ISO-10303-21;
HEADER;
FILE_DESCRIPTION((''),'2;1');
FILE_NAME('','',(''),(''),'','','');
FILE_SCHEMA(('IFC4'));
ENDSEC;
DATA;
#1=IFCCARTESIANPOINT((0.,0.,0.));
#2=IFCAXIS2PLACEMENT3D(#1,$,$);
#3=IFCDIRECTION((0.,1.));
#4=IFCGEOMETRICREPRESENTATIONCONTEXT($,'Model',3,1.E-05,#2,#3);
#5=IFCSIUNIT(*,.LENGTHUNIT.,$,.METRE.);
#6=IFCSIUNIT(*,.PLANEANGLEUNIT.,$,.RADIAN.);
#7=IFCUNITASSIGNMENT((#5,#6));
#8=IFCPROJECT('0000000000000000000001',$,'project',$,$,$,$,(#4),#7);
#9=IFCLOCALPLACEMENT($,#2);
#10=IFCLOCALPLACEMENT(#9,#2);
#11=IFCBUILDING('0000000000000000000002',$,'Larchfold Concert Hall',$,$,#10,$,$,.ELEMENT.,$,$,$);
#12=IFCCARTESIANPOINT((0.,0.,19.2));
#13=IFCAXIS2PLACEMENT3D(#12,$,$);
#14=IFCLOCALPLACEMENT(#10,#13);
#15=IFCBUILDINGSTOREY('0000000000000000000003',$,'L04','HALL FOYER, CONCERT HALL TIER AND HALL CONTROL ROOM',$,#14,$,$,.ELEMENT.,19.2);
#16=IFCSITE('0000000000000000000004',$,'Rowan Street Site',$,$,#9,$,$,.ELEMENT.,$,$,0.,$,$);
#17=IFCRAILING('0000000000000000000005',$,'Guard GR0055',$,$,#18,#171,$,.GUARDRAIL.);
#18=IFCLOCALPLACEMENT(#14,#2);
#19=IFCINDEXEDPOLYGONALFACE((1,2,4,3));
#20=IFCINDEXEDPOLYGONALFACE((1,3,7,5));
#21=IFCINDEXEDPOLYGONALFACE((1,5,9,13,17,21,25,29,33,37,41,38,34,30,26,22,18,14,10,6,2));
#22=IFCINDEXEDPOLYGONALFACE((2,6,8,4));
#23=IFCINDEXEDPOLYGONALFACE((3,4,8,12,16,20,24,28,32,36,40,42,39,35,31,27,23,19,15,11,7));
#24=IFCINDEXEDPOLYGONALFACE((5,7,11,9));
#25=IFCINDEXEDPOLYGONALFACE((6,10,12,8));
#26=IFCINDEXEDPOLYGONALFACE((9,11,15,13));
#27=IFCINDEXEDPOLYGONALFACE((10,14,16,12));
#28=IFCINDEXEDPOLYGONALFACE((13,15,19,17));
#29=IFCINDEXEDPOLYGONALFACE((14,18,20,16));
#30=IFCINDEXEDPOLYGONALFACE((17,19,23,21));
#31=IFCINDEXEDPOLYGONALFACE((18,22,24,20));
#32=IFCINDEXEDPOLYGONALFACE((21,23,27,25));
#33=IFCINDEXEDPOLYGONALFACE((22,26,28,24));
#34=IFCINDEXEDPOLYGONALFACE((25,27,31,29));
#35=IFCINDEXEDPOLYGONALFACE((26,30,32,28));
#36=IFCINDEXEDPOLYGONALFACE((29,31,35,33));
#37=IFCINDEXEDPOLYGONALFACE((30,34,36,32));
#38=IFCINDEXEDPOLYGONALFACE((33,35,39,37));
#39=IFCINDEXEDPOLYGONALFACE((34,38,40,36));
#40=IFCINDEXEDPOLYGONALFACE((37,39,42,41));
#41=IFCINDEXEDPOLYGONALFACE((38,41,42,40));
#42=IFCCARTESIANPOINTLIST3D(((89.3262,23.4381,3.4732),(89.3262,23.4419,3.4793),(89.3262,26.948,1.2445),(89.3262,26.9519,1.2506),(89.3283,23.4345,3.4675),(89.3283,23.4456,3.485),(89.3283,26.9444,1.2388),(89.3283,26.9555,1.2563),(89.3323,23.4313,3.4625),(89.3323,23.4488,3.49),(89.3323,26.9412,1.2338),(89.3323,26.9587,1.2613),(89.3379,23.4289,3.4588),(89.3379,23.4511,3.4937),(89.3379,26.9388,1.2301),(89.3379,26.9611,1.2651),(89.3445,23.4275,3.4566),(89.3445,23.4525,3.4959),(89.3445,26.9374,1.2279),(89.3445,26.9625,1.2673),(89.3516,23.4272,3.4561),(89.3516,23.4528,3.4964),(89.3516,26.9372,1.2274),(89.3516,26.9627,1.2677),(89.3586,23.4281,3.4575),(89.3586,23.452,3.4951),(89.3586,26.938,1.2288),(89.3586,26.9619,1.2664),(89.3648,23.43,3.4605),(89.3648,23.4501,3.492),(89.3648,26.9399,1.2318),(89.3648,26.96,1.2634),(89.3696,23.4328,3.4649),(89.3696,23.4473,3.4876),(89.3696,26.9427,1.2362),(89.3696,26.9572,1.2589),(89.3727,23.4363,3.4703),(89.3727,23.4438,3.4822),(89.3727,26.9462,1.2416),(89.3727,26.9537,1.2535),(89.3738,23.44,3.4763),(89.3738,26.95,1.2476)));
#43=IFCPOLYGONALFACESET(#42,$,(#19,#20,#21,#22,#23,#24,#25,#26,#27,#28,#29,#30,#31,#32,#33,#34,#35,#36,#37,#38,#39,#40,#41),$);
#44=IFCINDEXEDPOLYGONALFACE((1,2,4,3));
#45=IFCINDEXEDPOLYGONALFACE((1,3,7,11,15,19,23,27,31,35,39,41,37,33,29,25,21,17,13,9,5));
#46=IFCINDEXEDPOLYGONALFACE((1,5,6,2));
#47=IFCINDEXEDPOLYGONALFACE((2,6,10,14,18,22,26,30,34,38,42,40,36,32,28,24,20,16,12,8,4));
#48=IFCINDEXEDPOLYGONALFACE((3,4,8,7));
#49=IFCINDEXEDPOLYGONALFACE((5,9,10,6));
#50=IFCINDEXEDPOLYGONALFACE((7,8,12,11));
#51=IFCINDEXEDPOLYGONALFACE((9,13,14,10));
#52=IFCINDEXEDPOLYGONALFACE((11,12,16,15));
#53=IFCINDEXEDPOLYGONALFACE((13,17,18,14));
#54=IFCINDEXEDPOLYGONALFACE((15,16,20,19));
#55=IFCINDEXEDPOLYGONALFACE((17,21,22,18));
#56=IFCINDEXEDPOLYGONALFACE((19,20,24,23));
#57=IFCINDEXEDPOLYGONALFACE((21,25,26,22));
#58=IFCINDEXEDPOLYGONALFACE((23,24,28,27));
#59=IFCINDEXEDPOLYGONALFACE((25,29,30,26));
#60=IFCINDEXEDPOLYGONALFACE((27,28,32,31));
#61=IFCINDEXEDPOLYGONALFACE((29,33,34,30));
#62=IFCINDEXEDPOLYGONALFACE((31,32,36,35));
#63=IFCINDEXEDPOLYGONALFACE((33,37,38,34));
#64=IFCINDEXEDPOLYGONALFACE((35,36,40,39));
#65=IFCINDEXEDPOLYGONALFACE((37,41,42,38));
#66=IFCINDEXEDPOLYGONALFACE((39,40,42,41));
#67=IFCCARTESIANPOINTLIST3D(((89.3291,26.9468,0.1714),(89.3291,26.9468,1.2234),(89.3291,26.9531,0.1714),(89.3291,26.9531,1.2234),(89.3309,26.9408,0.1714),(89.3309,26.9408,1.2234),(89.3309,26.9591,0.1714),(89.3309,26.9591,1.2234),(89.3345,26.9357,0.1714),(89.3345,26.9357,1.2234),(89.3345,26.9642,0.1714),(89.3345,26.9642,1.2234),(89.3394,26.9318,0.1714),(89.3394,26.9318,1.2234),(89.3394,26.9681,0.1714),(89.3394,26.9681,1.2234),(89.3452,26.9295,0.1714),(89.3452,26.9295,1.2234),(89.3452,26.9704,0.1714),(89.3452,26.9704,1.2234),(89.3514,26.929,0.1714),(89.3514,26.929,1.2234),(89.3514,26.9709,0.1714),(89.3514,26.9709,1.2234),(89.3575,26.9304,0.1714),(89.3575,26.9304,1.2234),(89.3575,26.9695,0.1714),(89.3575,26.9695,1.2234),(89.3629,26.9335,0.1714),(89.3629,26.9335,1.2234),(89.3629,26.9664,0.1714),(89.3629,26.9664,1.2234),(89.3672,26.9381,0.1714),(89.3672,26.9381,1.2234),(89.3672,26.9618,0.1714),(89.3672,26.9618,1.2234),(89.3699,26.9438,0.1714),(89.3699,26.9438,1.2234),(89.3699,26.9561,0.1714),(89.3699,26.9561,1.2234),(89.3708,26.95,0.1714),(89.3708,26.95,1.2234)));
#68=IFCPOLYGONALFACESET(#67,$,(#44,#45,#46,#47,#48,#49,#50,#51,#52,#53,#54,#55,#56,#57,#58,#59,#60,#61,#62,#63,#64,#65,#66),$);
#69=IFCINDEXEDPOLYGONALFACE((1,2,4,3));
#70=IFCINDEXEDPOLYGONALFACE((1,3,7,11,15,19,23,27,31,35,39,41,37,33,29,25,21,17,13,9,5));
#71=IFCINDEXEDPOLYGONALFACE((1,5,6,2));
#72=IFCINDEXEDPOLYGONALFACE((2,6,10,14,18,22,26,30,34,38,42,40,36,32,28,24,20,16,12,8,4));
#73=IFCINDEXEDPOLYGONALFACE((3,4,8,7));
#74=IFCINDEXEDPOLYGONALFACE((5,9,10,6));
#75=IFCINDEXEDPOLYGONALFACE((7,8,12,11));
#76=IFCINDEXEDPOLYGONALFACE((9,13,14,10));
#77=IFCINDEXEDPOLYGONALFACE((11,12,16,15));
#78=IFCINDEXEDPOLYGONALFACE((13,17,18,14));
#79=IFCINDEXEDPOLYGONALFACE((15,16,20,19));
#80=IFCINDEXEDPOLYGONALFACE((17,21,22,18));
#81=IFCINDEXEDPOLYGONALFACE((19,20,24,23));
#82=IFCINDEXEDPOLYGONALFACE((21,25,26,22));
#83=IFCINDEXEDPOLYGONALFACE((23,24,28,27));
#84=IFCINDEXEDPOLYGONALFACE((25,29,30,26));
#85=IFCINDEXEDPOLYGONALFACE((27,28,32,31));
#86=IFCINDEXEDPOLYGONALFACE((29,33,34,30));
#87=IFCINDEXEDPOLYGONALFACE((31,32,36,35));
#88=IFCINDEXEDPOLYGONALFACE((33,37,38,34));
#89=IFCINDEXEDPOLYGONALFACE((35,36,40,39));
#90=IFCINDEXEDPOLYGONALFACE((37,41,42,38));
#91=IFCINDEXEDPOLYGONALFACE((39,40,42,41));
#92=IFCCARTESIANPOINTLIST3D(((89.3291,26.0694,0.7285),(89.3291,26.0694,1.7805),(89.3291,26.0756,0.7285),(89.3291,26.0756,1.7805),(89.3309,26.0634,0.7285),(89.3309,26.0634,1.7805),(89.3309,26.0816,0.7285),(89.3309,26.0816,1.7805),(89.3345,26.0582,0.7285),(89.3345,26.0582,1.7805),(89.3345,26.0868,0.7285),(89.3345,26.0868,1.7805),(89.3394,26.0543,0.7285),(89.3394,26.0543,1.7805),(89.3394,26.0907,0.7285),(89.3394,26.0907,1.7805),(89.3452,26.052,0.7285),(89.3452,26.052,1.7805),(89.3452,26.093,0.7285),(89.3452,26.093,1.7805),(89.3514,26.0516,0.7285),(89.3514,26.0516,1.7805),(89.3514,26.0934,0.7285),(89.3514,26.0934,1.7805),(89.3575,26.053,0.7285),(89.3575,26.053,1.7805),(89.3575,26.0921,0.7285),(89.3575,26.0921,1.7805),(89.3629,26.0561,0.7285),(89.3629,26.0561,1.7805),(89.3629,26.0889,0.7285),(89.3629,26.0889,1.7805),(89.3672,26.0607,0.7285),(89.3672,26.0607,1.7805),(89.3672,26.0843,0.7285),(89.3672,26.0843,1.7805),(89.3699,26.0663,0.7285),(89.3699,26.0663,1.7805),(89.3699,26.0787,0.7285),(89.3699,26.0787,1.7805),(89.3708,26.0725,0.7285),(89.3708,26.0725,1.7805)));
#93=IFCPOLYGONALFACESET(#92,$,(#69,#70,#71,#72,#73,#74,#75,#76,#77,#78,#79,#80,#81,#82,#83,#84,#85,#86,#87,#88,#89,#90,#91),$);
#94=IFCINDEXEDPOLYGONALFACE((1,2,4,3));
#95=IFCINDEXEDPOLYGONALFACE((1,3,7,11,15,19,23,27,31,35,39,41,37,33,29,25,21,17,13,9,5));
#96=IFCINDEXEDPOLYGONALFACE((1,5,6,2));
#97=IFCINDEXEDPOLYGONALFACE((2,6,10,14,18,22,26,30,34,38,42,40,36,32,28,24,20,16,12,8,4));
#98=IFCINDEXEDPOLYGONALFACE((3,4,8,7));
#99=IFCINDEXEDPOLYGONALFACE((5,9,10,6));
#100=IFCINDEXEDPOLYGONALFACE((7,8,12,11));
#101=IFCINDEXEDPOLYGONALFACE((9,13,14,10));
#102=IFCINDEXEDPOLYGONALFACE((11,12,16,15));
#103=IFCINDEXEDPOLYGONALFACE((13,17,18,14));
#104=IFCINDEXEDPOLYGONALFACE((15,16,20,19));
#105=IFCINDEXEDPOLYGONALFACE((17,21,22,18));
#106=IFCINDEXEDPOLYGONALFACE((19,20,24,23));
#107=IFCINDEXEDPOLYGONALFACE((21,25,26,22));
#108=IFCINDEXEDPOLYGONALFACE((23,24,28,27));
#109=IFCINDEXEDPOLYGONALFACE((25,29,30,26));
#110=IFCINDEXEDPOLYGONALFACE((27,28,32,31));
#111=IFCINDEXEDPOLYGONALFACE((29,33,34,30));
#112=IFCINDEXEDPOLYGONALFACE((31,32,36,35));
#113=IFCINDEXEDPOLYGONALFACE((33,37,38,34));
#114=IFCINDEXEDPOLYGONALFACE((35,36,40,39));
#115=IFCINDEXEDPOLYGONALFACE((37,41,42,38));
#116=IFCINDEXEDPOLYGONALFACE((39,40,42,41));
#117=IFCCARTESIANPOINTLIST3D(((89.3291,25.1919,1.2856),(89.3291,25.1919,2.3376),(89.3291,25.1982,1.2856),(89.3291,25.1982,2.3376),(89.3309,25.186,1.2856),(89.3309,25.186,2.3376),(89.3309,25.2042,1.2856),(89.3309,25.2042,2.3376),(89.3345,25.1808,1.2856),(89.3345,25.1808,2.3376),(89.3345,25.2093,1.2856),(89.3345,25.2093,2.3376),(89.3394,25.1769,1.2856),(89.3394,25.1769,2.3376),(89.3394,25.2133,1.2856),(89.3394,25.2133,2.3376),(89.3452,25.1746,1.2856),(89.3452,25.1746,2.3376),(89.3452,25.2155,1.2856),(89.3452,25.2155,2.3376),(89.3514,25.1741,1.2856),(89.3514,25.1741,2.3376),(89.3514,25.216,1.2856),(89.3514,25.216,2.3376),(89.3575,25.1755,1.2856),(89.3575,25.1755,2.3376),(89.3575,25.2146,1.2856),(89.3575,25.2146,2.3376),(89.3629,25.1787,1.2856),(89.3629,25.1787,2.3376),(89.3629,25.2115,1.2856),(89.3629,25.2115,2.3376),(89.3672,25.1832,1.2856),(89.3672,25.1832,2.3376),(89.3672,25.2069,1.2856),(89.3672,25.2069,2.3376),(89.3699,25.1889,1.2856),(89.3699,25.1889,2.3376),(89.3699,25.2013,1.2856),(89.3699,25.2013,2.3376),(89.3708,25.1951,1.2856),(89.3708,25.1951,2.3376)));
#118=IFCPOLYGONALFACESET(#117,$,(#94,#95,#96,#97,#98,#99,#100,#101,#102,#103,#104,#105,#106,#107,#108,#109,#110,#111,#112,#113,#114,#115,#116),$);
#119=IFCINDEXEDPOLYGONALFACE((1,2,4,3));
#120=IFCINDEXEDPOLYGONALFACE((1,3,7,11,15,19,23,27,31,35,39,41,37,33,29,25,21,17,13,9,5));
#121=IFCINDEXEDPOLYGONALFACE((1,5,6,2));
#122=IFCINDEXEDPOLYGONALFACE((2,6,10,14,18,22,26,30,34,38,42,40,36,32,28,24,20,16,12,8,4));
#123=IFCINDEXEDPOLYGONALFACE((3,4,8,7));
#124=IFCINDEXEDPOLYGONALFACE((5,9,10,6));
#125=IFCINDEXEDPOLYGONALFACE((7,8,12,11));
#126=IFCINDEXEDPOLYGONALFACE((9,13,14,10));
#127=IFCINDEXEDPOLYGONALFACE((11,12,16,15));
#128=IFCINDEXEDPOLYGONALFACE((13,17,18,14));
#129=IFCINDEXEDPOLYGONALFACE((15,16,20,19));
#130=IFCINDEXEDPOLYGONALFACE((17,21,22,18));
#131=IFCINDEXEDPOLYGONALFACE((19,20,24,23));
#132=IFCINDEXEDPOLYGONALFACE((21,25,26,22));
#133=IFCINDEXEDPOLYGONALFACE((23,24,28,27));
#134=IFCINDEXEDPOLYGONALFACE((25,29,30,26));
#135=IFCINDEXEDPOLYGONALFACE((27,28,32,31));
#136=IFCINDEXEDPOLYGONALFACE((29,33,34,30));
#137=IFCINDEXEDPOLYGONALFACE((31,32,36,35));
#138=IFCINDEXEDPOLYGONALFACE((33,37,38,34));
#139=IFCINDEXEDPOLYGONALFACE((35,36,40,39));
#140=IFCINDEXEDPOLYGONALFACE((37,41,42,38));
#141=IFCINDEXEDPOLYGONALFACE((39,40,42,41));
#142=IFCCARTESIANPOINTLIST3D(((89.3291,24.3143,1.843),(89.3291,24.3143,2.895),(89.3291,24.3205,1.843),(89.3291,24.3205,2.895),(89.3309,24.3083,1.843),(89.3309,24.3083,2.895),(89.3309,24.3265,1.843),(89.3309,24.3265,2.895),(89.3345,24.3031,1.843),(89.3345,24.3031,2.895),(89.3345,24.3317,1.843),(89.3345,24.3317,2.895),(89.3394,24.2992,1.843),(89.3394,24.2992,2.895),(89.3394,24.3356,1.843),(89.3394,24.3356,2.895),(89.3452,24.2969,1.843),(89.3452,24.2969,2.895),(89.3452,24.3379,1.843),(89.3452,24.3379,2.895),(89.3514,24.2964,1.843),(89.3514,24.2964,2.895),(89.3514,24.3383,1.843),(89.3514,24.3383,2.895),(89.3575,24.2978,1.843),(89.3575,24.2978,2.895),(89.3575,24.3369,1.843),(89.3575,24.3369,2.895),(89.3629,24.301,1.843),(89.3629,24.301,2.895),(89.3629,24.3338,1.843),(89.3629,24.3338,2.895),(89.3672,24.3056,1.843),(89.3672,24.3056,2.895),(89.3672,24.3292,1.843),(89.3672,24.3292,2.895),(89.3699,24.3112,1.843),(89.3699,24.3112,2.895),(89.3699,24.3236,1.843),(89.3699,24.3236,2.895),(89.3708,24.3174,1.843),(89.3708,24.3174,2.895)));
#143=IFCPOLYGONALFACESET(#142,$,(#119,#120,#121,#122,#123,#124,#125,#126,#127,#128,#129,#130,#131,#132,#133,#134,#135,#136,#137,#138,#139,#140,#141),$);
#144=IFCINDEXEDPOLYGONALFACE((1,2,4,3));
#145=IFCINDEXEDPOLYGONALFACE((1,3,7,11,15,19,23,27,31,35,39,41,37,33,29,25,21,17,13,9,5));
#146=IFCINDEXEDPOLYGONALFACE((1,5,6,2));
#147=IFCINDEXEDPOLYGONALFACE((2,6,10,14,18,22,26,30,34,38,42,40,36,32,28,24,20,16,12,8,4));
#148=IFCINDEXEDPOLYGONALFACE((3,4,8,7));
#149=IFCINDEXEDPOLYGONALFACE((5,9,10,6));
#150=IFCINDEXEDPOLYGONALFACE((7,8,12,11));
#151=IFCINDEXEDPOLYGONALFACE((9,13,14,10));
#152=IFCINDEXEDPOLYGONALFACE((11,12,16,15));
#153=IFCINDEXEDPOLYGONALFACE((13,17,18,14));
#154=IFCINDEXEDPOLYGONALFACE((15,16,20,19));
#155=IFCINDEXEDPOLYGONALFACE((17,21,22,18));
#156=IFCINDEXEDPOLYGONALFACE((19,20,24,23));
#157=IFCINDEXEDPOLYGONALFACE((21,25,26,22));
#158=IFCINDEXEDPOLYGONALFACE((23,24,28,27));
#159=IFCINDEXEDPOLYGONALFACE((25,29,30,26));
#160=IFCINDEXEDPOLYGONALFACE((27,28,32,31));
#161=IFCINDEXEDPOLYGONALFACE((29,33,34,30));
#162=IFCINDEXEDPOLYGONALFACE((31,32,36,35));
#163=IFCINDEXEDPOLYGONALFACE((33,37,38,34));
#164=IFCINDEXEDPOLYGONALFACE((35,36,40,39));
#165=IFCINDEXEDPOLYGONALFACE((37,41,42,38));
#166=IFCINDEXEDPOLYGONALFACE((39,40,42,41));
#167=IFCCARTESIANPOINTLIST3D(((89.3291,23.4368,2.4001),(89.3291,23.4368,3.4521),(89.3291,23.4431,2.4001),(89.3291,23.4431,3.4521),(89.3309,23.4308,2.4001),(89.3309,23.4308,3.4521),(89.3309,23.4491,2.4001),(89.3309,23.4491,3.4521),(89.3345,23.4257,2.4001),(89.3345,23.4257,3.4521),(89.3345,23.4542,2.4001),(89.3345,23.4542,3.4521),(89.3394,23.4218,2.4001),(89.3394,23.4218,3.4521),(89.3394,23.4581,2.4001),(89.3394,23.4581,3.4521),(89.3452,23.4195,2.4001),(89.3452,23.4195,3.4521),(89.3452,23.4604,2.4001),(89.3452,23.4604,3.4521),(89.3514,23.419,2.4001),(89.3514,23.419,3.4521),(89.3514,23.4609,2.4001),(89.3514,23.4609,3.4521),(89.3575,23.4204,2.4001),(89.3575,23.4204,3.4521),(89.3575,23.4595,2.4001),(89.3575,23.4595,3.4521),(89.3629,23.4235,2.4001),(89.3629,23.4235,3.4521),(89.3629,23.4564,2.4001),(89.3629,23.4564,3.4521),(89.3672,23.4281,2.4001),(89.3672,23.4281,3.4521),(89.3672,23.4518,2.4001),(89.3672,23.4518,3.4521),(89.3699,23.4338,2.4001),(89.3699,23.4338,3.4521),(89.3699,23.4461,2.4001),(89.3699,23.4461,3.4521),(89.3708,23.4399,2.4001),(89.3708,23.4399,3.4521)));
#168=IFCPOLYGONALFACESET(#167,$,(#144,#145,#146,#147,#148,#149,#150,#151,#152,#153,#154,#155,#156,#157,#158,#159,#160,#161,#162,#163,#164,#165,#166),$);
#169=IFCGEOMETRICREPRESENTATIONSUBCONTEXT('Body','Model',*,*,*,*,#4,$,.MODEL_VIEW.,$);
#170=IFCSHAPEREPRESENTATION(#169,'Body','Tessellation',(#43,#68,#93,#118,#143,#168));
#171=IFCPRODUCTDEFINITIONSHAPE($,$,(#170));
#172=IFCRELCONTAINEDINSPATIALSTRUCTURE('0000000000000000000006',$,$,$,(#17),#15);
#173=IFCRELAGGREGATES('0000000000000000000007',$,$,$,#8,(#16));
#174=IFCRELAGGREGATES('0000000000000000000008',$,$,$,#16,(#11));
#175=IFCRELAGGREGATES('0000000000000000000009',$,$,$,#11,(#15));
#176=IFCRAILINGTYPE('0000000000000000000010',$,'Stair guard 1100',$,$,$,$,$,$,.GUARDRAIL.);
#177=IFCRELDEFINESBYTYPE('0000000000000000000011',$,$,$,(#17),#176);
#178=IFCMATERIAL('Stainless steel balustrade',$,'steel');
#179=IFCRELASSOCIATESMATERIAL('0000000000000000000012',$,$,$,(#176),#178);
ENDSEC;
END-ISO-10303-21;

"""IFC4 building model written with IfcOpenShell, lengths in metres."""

from ifc_helpers import new_model, si_unit, direction, frame, origin, origin_2d, place, context, subcontext, project, spatial, circle, extrude, material, type_object, element, save


model = new_model("IFC4")

# Units and contexts
model_context = context("Model", 3, precision=1e-05, world=origin(), true_north=direction((0.0, 1.0)))
body_context = subcontext(model_context, "Body", "Model", "MODEL_VIEW")
ifc_project = project(units=[si_unit("LENGTHUNIT", "METRE"), si_unit("PLANEANGLEUNIT", "RADIAN")], contexts=[model_context])

# Site, building, storey
site_placement = place(None, origin())
site = spatial("IfcSite", under=ifc_project, at=site_placement, Name="Rowan Street Site", CompositionType="ELEMENT", RefElevation=0.0)
building_placement = place(site_placement, origin())
building = spatial("IfcBuilding", under=site, at=building_placement, Name="Larchfold Concert Hall", CompositionType="ELEMENT")
storey_placement = place(building_placement, frame((0.0, 0.0, 19.2)))
storey = spatial("IfcBuildingStorey", under=building, at=storey_placement, Name="L04", Description="HALL FOYER, CONCERT HALL TIER AND HALL CONTROL ROOM", CompositionType="ELEMENT", Elevation=19.2)

# Railing
ifc_material_1 = material(Name="Stainless steel balustrade", Category="steel")
railing_type_1 = type_object("IfcRailingType", Name="Stair guard 1100", PredefinedType="GUARDRAIL", material=ifc_material_1)
railing_1_placement = place(storey_placement, frame((89.3499, 26.95, 0.1714)))
element("IfcRailing", 1, at=railing_1_placement, inside=storey, type_object=railing_type_1, Name="Guard GR0055", PredefinedType="GUARDRAIL", context=body_context, shape_type="SweptSolid", body=[
    extrude(circle(Radius=0.0239, at=origin_2d()), frame((0.0, 0.0, 1.0762), z_axis=(0.0, -0.844193, 0.536039), x_axis=(1.0, 0.0, 0.0)), (0.0, 0.0, 1.0), 4.1577),
    extrude(circle(Radius=0.021, at=origin_2d()), origin(), (0.0, 0.0, 1.0), 1.052),
    extrude(circle(Radius=0.021, at=origin_2d()), frame((0.0, -0.8774, 0.5571)), (0.0, 0.0, 1.0), 1.052),
    extrude(circle(Radius=0.021, at=origin_2d()), frame((0.0, -1.7549, 1.1143)), (0.0, 0.0, 1.0), 1.052),
    extrude(circle(Radius=0.021, at=origin_2d()), frame((0.0, -2.6326, 1.6716)), (0.0, 0.0, 1.0), 1.052),
    extrude(circle(Radius=0.021, at=origin_2d()), frame((0.0, -3.51, 2.2288)), (0.0, 0.0, 1.0), 1.052),
])

save(model, "model.ifc")
